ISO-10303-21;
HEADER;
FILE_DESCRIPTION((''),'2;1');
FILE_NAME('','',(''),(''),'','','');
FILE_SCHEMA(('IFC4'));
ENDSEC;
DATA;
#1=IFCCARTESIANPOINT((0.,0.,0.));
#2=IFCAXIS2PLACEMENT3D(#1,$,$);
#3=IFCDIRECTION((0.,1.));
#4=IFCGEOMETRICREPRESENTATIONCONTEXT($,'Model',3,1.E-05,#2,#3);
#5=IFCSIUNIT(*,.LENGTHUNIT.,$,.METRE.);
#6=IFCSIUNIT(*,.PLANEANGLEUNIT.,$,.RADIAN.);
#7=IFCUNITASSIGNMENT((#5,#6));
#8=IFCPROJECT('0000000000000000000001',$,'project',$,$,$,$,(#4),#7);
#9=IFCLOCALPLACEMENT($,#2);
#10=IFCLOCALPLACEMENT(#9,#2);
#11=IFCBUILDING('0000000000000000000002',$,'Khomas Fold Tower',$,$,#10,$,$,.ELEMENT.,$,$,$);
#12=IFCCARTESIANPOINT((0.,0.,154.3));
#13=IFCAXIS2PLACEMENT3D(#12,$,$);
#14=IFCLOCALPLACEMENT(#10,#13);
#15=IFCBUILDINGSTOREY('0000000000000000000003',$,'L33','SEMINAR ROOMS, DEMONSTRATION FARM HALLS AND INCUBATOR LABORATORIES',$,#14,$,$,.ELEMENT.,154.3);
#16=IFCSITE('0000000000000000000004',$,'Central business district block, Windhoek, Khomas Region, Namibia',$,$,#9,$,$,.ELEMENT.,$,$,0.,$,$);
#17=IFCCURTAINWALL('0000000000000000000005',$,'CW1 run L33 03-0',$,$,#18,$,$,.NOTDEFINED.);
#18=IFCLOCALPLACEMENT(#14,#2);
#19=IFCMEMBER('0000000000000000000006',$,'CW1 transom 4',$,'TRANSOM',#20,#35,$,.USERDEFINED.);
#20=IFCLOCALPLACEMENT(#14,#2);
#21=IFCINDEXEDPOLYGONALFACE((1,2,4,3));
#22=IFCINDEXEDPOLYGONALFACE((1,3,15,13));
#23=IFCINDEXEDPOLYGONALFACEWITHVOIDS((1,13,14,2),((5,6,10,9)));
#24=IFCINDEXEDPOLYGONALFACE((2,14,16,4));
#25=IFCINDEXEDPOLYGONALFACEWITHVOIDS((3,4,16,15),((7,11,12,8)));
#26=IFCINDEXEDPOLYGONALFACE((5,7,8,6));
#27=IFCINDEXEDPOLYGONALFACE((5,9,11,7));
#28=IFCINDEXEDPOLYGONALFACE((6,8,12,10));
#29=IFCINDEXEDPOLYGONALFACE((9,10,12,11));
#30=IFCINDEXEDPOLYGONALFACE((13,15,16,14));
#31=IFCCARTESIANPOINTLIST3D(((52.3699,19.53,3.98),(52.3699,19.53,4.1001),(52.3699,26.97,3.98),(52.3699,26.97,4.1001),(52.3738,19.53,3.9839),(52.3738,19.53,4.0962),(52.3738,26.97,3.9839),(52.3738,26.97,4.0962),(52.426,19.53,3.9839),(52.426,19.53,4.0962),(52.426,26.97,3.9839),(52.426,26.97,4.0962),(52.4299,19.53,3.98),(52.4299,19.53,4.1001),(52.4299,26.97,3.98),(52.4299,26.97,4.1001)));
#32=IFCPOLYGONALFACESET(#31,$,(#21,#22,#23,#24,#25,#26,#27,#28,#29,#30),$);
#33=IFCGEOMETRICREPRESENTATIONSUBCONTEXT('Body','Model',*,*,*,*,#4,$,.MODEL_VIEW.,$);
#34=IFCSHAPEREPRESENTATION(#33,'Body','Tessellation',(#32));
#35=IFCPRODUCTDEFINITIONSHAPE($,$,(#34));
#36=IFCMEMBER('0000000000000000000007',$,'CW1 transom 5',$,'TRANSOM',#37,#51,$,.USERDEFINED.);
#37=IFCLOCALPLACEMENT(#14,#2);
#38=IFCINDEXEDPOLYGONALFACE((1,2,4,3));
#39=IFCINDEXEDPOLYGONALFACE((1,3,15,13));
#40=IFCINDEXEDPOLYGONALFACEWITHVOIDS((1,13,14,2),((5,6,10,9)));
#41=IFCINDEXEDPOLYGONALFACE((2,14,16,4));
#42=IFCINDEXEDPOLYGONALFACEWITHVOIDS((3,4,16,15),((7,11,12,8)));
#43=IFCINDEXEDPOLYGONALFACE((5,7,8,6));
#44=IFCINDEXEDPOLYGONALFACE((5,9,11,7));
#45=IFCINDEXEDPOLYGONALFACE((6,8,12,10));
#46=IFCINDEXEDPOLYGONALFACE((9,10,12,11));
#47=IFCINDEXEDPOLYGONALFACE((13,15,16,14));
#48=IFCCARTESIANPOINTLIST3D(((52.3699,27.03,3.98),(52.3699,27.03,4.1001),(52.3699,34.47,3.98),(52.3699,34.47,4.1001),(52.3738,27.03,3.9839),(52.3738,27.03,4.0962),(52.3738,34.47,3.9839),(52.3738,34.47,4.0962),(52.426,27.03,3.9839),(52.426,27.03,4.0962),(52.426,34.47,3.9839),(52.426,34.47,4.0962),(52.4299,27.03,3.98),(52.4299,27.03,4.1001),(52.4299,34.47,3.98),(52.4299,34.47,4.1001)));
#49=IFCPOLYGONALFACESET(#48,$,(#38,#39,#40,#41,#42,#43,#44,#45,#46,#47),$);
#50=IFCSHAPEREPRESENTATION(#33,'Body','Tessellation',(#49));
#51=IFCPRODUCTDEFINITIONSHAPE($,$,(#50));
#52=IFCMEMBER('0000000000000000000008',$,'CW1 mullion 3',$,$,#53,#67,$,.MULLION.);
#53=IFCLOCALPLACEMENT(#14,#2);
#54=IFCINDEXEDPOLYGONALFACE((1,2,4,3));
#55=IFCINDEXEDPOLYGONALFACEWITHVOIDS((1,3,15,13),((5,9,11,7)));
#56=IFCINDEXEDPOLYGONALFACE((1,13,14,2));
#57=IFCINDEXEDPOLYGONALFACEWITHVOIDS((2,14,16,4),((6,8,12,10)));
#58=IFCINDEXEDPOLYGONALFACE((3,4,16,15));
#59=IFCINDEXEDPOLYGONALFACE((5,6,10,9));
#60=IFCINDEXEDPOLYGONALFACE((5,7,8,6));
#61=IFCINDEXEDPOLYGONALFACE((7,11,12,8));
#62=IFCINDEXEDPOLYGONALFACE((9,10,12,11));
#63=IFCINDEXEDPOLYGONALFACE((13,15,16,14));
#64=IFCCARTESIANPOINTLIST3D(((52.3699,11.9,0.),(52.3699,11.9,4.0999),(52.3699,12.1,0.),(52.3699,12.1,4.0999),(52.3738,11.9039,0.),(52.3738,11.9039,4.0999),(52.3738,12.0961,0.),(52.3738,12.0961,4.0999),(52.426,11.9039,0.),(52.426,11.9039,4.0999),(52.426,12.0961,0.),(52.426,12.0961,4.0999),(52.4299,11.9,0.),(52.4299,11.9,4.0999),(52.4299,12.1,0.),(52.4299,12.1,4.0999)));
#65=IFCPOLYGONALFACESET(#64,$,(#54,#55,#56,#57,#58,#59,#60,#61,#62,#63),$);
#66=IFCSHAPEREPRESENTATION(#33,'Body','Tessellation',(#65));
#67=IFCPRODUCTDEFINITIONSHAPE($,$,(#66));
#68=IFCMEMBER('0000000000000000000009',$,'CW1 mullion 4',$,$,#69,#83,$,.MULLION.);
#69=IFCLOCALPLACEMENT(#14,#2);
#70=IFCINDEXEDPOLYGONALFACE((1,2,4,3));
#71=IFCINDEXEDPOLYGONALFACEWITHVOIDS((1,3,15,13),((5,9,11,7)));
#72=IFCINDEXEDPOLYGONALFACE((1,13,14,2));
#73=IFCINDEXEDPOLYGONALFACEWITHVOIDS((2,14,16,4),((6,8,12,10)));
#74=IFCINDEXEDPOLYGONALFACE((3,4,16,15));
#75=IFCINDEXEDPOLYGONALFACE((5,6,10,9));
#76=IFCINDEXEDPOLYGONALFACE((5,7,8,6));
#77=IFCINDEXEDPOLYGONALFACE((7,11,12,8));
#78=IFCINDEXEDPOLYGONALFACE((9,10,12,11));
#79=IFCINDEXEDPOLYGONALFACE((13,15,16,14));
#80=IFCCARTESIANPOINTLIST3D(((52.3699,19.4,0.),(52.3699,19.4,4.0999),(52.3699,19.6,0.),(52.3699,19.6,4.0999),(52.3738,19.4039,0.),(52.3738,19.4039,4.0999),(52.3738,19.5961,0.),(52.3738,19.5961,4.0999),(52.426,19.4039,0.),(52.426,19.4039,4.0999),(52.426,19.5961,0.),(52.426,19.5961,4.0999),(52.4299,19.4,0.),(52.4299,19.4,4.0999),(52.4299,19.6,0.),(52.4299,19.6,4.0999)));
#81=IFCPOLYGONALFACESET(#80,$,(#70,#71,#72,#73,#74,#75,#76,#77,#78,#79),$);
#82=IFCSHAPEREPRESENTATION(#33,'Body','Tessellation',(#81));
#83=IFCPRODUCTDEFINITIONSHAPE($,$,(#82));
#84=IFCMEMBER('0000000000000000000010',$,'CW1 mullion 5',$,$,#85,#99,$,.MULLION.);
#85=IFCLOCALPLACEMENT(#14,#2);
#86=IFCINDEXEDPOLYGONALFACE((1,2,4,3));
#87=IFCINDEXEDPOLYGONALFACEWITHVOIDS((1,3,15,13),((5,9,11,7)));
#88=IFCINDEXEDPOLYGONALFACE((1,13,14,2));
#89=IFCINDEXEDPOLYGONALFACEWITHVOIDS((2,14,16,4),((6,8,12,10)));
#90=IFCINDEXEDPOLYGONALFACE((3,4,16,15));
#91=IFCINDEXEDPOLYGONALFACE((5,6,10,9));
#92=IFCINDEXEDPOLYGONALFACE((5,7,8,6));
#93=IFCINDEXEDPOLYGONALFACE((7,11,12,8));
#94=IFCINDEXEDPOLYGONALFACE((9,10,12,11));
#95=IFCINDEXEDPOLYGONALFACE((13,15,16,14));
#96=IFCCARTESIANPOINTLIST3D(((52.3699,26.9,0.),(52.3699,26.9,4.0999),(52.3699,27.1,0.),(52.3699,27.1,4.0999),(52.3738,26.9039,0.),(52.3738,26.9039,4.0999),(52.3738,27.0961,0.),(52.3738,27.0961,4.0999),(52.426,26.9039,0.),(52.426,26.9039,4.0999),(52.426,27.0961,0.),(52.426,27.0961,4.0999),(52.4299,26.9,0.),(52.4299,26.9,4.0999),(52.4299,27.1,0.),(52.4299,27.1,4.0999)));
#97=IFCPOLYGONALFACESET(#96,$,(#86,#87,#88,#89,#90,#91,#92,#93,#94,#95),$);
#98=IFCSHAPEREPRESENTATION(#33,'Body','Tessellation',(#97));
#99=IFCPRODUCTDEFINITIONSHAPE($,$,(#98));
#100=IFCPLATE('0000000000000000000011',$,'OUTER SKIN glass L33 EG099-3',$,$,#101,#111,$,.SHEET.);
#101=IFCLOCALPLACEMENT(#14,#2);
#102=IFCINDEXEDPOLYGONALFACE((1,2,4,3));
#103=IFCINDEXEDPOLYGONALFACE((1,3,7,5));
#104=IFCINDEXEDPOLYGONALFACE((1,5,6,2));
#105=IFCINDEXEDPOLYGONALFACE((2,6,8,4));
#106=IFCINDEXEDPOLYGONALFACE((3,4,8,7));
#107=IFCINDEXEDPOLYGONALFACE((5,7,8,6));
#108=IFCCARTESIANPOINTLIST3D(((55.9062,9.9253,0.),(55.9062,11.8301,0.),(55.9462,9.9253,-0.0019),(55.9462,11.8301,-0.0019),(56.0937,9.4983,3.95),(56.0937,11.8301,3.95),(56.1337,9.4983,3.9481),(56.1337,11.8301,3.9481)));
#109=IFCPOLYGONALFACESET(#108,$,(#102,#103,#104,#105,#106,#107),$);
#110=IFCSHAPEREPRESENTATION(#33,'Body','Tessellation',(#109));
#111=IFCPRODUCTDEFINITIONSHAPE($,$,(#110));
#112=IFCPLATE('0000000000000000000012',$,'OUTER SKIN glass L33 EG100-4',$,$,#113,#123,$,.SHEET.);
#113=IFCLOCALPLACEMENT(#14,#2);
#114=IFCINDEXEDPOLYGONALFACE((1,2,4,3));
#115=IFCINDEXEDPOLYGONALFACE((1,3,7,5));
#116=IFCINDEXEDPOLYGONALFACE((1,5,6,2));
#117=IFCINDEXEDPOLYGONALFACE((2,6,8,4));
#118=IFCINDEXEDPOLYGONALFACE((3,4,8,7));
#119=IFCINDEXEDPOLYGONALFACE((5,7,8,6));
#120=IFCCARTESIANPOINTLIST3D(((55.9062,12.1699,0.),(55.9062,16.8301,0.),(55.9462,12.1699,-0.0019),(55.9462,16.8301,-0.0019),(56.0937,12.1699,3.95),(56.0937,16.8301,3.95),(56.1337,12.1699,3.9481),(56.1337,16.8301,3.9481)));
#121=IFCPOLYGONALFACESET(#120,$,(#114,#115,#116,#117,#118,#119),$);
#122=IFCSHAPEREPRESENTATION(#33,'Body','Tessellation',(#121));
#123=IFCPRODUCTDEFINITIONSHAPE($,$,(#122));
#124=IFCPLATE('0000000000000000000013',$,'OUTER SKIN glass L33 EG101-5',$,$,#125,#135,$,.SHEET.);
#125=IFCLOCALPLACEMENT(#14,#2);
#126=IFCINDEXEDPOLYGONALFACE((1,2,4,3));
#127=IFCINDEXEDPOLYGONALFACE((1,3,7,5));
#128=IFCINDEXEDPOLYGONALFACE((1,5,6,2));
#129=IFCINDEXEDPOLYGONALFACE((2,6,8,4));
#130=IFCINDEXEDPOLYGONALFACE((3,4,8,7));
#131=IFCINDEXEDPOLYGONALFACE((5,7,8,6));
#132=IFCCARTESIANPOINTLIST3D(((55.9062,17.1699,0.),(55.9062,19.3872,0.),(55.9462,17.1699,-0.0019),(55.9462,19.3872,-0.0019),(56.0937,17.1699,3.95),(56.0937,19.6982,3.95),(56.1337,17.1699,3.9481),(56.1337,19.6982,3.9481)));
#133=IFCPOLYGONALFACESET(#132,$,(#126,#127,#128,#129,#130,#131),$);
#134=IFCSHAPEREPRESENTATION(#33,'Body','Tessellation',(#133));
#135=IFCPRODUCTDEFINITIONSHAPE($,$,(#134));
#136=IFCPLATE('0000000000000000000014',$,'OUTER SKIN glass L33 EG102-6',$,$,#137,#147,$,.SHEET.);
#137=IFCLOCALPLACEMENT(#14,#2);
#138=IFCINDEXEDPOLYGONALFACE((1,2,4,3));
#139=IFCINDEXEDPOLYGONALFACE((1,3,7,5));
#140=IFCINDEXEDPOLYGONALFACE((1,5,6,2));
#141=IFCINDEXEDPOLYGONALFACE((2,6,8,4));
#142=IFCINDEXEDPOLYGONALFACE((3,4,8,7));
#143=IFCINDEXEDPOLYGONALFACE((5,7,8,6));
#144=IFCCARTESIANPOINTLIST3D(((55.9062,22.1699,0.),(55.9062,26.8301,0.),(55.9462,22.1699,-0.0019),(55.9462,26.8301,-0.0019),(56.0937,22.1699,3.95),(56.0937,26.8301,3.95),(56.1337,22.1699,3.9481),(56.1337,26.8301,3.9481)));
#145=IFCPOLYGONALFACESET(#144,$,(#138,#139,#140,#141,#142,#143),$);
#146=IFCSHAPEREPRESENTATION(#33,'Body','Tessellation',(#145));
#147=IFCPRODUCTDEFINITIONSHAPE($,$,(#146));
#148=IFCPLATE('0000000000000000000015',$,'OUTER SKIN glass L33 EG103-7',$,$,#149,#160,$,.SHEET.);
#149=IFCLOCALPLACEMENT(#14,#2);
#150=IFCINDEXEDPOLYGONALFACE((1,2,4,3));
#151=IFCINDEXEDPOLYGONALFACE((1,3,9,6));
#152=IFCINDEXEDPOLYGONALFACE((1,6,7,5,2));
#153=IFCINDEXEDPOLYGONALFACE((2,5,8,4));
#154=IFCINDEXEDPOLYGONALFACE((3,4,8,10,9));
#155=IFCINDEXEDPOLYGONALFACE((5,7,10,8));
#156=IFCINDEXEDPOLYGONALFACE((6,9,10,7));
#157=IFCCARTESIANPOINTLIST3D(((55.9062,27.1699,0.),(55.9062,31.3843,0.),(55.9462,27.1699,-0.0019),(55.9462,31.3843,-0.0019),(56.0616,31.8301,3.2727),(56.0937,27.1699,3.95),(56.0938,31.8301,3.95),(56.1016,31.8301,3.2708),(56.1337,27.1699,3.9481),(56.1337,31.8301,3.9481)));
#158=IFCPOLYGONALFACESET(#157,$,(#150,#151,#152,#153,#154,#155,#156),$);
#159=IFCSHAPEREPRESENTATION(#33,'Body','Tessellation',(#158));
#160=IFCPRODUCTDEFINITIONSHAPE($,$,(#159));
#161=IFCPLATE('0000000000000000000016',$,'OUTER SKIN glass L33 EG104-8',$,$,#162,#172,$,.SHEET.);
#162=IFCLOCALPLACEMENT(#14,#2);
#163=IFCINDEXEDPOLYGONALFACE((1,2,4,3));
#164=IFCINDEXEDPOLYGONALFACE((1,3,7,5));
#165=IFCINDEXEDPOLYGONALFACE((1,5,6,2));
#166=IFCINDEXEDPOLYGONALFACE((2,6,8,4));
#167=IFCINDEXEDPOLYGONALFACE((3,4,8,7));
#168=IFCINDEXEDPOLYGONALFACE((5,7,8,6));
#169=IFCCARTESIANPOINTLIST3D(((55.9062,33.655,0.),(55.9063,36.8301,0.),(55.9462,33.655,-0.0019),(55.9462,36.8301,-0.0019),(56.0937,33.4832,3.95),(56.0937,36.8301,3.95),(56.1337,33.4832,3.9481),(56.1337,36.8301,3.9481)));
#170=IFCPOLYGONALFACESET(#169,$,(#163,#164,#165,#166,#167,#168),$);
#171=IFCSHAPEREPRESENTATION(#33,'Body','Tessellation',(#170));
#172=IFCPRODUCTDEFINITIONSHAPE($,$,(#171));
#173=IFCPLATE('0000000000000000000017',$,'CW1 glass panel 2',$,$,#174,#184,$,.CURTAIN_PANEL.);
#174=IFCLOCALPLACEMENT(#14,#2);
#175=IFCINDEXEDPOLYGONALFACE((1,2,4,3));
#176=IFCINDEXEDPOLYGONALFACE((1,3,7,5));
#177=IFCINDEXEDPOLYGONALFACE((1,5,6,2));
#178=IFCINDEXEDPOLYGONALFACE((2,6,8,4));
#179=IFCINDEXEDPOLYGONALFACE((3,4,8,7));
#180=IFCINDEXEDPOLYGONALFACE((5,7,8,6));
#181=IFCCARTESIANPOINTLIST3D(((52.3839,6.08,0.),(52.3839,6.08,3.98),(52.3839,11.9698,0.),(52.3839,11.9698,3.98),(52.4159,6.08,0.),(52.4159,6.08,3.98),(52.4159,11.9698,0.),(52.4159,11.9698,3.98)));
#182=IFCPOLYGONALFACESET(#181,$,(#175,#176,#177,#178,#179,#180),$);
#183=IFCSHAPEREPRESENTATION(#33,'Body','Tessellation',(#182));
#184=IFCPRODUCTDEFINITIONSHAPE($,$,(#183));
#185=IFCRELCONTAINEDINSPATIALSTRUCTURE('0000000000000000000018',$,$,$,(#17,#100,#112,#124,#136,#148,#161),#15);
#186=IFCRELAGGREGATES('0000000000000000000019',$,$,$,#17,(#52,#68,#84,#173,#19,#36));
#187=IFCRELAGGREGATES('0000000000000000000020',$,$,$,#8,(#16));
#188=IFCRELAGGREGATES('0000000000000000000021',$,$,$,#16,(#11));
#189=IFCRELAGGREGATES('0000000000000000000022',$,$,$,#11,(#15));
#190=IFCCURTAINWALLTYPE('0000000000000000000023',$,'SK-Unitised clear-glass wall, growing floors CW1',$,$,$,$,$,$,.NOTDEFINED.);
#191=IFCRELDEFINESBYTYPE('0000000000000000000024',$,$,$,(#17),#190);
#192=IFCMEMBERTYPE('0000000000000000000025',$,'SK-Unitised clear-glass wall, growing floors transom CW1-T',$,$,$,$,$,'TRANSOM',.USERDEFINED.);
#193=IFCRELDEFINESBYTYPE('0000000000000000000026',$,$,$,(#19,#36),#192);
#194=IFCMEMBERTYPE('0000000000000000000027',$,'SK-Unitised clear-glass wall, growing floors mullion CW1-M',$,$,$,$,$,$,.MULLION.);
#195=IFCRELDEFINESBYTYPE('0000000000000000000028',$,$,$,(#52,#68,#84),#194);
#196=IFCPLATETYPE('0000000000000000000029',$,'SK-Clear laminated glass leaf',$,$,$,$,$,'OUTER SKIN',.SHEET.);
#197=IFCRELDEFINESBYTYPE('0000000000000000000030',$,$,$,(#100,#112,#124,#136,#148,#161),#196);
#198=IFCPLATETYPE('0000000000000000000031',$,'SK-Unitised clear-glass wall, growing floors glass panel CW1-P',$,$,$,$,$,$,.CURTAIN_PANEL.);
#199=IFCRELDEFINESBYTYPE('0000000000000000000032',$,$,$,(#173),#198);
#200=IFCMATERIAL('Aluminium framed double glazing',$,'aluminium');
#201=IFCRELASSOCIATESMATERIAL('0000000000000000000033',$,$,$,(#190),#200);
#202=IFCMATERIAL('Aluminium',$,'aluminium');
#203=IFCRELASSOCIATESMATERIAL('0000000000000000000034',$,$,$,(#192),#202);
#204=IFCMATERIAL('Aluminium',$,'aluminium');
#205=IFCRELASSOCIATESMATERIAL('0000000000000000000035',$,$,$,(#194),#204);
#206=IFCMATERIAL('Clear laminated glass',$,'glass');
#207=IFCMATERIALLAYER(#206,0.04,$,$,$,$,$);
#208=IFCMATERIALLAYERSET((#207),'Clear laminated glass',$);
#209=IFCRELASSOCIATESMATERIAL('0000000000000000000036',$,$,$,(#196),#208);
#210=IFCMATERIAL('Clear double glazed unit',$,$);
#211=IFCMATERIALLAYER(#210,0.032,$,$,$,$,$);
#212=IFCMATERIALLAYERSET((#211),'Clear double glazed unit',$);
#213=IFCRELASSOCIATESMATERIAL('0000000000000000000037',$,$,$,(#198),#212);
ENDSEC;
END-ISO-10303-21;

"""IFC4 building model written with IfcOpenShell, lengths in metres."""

from ifc_helpers import new_model, si_unit, direction, frame, origin, origin_2d, place, context, subcontext, project, spatial, polyline, rectangle, hollow_rectangle, outline, extrude, source, transform, mapped, material, layer, layer_set, material_profile, profile_set, type_object, element, aggregate, save


model = new_model("IFC4")

# Units and contexts
model_context = context("Model", 3, precision=1e-05, world=origin(), true_north=direction((0.0, 1.0)))
body_context = subcontext(model_context, "Body", "Model", "MODEL_VIEW")
ifc_project = project(units=[si_unit("LENGTHUNIT", "METRE"), si_unit("PLANEANGLEUNIT", "RADIAN")], contexts=[model_context])

# Site, building, storey
site_placement = place(None, origin())
site = spatial("IfcSite", under=ifc_project, at=site_placement, Name="Central business district block, Windhoek, Khomas Region, Namibia", CompositionType="ELEMENT", RefElevation=0.0)
building_placement = place(site_placement, origin())
building = spatial("IfcBuilding", under=site, at=building_placement, Name="Khomas Fold Tower", CompositionType="ELEMENT")
storey_placement = place(building_placement, frame((0.0, 0.0, 154.3)))
storey = spatial("IfcBuildingStorey", under=building, at=storey_placement, Name="L33", Description="SEMINAR ROOMS, DEMONSTRATION FARM HALLS AND INCUBATOR LABORATORIES", CompositionType="ELEMENT", Elevation=154.3)

# Curtain wall, members
ifc_material_1 = material(Name="Aluminium framed double glazing", Category="aluminium")
curtain_wall_type = type_object("IfcCurtainWallType", Name="SK-Unitised clear-glass wall, growing floors CW1", PredefinedType="NOTDEFINED", material=ifc_material_1)
curtain_wall_placement = place(storey_placement, origin())
curtain_wall = element("IfcCurtainWall", 1, at=curtain_wall_placement, inside=storey, type_object=curtain_wall_type, Name="CW1 run L33 03-0", PredefinedType="NOTDEFINED")
ifc_material_2 = material(Name="Aluminium", Category="aluminium")
ifc_material_profile_1 = material_profile(ifc_material_2, hollow_rectangle(XDim=0.0601, YDim=0.1201, WallThickness=0.0039, at=origin_2d()), Name="SK-Unitised clear-glass wall, growing floors transom CW1-T")
ifc_profile_set_1 = profile_set([ifc_material_profile_1], Name="Aluminium")
member_type_1 = type_object("IfcMemberType", Name="SK-Unitised clear-glass wall, growing floors transom CW1-T", ElementType="TRANSOM", PredefinedType="USERDEFINED", material=ifc_profile_set_1)
shared_shape_1 = source(origin(), body_context, "Body", "SweptSolid", [
    extrude(hollow_rectangle(XDim=0.0601, YDim=0.1201, WallThickness=0.0039, at=origin_2d()), origin(), (0.0, 0.0, 1.0), 7.4399),
])
member_1_placement = place(storey_placement, frame((52.3999, 19.53, 4.04), z_axis=(0.0, 1.0, 0.0), x_axis=(-1.0, 0.0, 0.0)))
member_1 = element("IfcMember", 2, at=member_1_placement, type_object=member_type_1, Name="CW1 transom 4", ObjectType="TRANSOM", PredefinedType="USERDEFINED", context=body_context, shape_type="MappedRepresentation", body=[
    mapped(shared_shape_1, transform((0.0, 0.0, 0.0))),
])
member_2_placement = place(storey_placement, frame((52.3999, 27.03, 4.04), z_axis=(0.0, 1.0, 0.0), x_axis=(-1.0, 0.0, 0.0)))
member_2 = element("IfcMember", 3, at=member_2_placement, type_object=member_type_1, Name="CW1 transom 5", ObjectType="TRANSOM", PredefinedType="USERDEFINED", context=body_context, shape_type="MappedRepresentation", body=[
    mapped(shared_shape_1, transform((0.0, 0.0, 0.0))),
])
ifc_material_3 = material(Name="Aluminium", Category="aluminium")
ifc_material_profile_2 = material_profile(ifc_material_3, hollow_rectangle(XDim=0.0601, YDim=0.2, WallThickness=0.0039, at=origin_2d()), Name="SK-Unitised clear-glass wall, growing floors mullion CW1-M")
ifc_profile_set_2 = profile_set([ifc_material_profile_2], Name="Aluminium")
member_type_2 = type_object("IfcMemberType", Name="SK-Unitised clear-glass wall, growing floors mullion CW1-M", PredefinedType="MULLION", material=ifc_profile_set_2)
shared_shape_2 = source(origin(), body_context, "Body", "SweptSolid", [
    extrude(hollow_rectangle(XDim=0.0601, YDim=0.2, WallThickness=0.0039, at=origin_2d()), origin(), (0.0, 0.0, 1.0), 4.0999),
])
member_3_placement = place(storey_placement, frame((52.3999, 12.0, 0.0), z_axis=(0.0, 0.0, 1.0), x_axis=(-1.0, 0.0, 0.0)))
member_3 = element("IfcMember", 4, at=member_3_placement, type_object=member_type_2, Name="CW1 mullion 3", PredefinedType="MULLION", context=body_context, shape_type="MappedRepresentation", body=[
    mapped(shared_shape_2, transform((0.0, 0.0, 0.0))),
])
member_4_placement = place(storey_placement, frame((52.3999, 19.5, 0.0), z_axis=(0.0, 0.0, 1.0), x_axis=(-1.0, 0.0, 0.0)))
member_4 = element("IfcMember", 5, at=member_4_placement, type_object=member_type_2, Name="CW1 mullion 4", PredefinedType="MULLION", context=body_context, shape_type="MappedRepresentation", body=[
    mapped(shared_shape_2, transform((0.0, 0.0, 0.0))),
])
member_5_placement = place(storey_placement, frame((52.3999, 27.0, 0.0), z_axis=(0.0, 0.0, 1.0), x_axis=(-1.0, 0.0, 0.0)))
member_5 = element("IfcMember", 6, at=member_5_placement, type_object=member_type_2, Name="CW1 mullion 5", PredefinedType="MULLION", context=body_context, shape_type="MappedRepresentation", body=[
    mapped(shared_shape_2, transform((0.0, 0.0, 0.0))),
])

# Plates
ifc_material_4 = material(Name="Clear laminated glass", Category="glass")
ifc_layer_1 = layer(ifc_material_4, 0.04)
ifc_layer_set_1 = layer_set([ifc_layer_1], Name="Clear laminated glass")
plate_type_1 = type_object("IfcPlateType", Name="SK-Clear laminated glass leaf", ElementType="OUTER SKIN", PredefinedType="SHEET", material=ifc_layer_set_1)
plate_1_placement = place(storey_placement, frame((55.9062, 9.9253, 0.0), z_axis=(-0.998875, 0.0, 0.047416), x_axis=(0.047142, -0.107357, 0.993102)))
element("IfcPlate", 7, at=plate_1_placement, inside=storey, type_object=plate_type_1, Name="OUTER SKIN glass L33 EG099-3", PredefinedType="SHEET", context=body_context, shape_type="SweptSolid", body=[
    extrude(outline(polyline([(0.0, 0.0), (3.9774, 0.0), (3.7271, 2.3183), (-0.2045, 1.8938), (0.0, 0.0)])), origin(), (0.0, 0.0, -1.0), 0.04),
])
plate_2_placement = place(storey_placement, frame((55.9062, 12.1699, 0.0), z_axis=(-0.998875, 0.0, 0.047416), x_axis=(0.047416, 0.0, 0.998875)))
element("IfcPlate", 8, at=plate_2_placement, inside=storey, type_object=plate_type_1, Name="OUTER SKIN glass L33 EG100-4", PredefinedType="SHEET", context=body_context, shape_type="SweptSolid", body=[
    extrude(outline(polyline([(0.0, 0.0), (3.9544, 0.0), (3.9544, 4.6602), (0.0, 4.6602), (0.0, 0.0)])), origin(), (0.0, 0.0, -1.0), 0.04),
])
plate_3_placement = place(storey_placement, frame((55.9062, 19.3872, 0.0), z_axis=(-0.998875, 0.0, 0.047416), x_axis=(0.0, -1.0, 0.0)))
element("IfcPlate", 9, at=plate_3_placement, inside=storey, type_object=plate_type_1, Name="OUTER SKIN glass L33 EG101-5", PredefinedType="SHEET", context=body_context, shape_type="SweptSolid", body=[
    extrude(outline(polyline([(0.0, 0.0), (2.2173, 0.0), (2.2173, 3.9544), (-0.311, 3.9544), (0.0, 0.0)])), origin(), (0.0, 0.0, -1.0), 0.04),
])
plate_4_placement = place(storey_placement, frame((55.9062, 22.1699, 0.0), z_axis=(-0.998875, 0.0, 0.047416), x_axis=(0.047416, 0.0, 0.998875)))
element("IfcPlate", 10, at=plate_4_placement, inside=storey, type_object=plate_type_1, Name="OUTER SKIN glass L33 EG102-6", PredefinedType="SHEET", context=body_context, shape_type="SweptSolid", body=[
    extrude(outline(polyline([(0.0, 0.0), (3.9544, 0.0), (3.9544, 4.6602), (0.0, 4.6602), (0.0, 0.0)])), origin(), (0.0, 0.0, -1.0), 0.04),
])
plate_5_placement = place(storey_placement, frame((55.9062, 31.3843, 0.0), z_axis=(-0.998875, 0.000018, 0.047413), x_axis=(-0.000018, -1.0, 0.000001)))
element("IfcPlate", 11, at=plate_5_placement, inside=storey, type_object=plate_type_1, Name="OUTER SKIN glass L33 EG103-7", PredefinedType="SHEET", context=body_context, shape_type="SweptSolid", body=[
    extrude(outline(polyline([(0.0, 0.0), (4.2144, 0.0), (4.2144, 3.9544), (-0.4458, 3.9544), (-0.4458, 3.2764), (0.0, 0.0)])), origin(), (0.0, 0.0, -1.0), 0.04),
])
plate_6_placement = place(storey_placement, frame((55.9062, 33.655, 0.0), z_axis=(-0.998875, 0.0, 0.047416), x_axis=(0.047371, -0.043423, 0.997933)))
element("IfcPlate", 12, at=plate_6_placement, inside=storey, type_object=plate_type_1, Name="OUTER SKIN glass L33 EG104-8", PredefinedType="SHEET", context=body_context, shape_type="SweptSolid", body=[
    extrude(outline(polyline([(0.0, 0.0), (3.9581, 0.0), (3.8128, 3.3438), (-0.1379, 3.1721), (0.0, 0.0)])), origin(), (0.0, 0.0, -1.0), 0.04),
])

# Plate
ifc_material_5 = material(Name="Clear double glazed unit")
ifc_layer_2 = layer(ifc_material_5, 0.032)
ifc_layer_set_2 = layer_set([ifc_layer_2], Name="Clear double glazed unit")
plate_type_2 = type_object("IfcPlateType", Name="SK-Unitised clear-glass wall, growing floors glass panel CW1-P", PredefinedType="CURTAIN_PANEL", material=ifc_layer_set_2)
shared_shape_3 = source(origin(), body_context, "Body", "SweptSolid", [
    extrude(rectangle(XDim=5.8899, YDim=0.032, at=origin_2d()), origin(), (0.0, 0.0, 1.0), 3.98),
])
plate_7_placement = place(storey_placement, frame((52.3999, 9.0249, 0.0), z_axis=(0.0, 0.0, 1.0), x_axis=(0.0, 1.0, 0.0)))
plate_7 = element("IfcPlate", 13, at=plate_7_placement, type_object=plate_type_2, Name="CW1 glass panel 2", PredefinedType="CURTAIN_PANEL", context=body_context, shape_type="MappedRepresentation", body=[
    mapped(shared_shape_3, transform((0.0, 0.0, 0.0))),
])
aggregate(curtain_wall, [member_3, member_4, member_5, plate_7, member_1, member_2])

save(model, "model.ifc")
